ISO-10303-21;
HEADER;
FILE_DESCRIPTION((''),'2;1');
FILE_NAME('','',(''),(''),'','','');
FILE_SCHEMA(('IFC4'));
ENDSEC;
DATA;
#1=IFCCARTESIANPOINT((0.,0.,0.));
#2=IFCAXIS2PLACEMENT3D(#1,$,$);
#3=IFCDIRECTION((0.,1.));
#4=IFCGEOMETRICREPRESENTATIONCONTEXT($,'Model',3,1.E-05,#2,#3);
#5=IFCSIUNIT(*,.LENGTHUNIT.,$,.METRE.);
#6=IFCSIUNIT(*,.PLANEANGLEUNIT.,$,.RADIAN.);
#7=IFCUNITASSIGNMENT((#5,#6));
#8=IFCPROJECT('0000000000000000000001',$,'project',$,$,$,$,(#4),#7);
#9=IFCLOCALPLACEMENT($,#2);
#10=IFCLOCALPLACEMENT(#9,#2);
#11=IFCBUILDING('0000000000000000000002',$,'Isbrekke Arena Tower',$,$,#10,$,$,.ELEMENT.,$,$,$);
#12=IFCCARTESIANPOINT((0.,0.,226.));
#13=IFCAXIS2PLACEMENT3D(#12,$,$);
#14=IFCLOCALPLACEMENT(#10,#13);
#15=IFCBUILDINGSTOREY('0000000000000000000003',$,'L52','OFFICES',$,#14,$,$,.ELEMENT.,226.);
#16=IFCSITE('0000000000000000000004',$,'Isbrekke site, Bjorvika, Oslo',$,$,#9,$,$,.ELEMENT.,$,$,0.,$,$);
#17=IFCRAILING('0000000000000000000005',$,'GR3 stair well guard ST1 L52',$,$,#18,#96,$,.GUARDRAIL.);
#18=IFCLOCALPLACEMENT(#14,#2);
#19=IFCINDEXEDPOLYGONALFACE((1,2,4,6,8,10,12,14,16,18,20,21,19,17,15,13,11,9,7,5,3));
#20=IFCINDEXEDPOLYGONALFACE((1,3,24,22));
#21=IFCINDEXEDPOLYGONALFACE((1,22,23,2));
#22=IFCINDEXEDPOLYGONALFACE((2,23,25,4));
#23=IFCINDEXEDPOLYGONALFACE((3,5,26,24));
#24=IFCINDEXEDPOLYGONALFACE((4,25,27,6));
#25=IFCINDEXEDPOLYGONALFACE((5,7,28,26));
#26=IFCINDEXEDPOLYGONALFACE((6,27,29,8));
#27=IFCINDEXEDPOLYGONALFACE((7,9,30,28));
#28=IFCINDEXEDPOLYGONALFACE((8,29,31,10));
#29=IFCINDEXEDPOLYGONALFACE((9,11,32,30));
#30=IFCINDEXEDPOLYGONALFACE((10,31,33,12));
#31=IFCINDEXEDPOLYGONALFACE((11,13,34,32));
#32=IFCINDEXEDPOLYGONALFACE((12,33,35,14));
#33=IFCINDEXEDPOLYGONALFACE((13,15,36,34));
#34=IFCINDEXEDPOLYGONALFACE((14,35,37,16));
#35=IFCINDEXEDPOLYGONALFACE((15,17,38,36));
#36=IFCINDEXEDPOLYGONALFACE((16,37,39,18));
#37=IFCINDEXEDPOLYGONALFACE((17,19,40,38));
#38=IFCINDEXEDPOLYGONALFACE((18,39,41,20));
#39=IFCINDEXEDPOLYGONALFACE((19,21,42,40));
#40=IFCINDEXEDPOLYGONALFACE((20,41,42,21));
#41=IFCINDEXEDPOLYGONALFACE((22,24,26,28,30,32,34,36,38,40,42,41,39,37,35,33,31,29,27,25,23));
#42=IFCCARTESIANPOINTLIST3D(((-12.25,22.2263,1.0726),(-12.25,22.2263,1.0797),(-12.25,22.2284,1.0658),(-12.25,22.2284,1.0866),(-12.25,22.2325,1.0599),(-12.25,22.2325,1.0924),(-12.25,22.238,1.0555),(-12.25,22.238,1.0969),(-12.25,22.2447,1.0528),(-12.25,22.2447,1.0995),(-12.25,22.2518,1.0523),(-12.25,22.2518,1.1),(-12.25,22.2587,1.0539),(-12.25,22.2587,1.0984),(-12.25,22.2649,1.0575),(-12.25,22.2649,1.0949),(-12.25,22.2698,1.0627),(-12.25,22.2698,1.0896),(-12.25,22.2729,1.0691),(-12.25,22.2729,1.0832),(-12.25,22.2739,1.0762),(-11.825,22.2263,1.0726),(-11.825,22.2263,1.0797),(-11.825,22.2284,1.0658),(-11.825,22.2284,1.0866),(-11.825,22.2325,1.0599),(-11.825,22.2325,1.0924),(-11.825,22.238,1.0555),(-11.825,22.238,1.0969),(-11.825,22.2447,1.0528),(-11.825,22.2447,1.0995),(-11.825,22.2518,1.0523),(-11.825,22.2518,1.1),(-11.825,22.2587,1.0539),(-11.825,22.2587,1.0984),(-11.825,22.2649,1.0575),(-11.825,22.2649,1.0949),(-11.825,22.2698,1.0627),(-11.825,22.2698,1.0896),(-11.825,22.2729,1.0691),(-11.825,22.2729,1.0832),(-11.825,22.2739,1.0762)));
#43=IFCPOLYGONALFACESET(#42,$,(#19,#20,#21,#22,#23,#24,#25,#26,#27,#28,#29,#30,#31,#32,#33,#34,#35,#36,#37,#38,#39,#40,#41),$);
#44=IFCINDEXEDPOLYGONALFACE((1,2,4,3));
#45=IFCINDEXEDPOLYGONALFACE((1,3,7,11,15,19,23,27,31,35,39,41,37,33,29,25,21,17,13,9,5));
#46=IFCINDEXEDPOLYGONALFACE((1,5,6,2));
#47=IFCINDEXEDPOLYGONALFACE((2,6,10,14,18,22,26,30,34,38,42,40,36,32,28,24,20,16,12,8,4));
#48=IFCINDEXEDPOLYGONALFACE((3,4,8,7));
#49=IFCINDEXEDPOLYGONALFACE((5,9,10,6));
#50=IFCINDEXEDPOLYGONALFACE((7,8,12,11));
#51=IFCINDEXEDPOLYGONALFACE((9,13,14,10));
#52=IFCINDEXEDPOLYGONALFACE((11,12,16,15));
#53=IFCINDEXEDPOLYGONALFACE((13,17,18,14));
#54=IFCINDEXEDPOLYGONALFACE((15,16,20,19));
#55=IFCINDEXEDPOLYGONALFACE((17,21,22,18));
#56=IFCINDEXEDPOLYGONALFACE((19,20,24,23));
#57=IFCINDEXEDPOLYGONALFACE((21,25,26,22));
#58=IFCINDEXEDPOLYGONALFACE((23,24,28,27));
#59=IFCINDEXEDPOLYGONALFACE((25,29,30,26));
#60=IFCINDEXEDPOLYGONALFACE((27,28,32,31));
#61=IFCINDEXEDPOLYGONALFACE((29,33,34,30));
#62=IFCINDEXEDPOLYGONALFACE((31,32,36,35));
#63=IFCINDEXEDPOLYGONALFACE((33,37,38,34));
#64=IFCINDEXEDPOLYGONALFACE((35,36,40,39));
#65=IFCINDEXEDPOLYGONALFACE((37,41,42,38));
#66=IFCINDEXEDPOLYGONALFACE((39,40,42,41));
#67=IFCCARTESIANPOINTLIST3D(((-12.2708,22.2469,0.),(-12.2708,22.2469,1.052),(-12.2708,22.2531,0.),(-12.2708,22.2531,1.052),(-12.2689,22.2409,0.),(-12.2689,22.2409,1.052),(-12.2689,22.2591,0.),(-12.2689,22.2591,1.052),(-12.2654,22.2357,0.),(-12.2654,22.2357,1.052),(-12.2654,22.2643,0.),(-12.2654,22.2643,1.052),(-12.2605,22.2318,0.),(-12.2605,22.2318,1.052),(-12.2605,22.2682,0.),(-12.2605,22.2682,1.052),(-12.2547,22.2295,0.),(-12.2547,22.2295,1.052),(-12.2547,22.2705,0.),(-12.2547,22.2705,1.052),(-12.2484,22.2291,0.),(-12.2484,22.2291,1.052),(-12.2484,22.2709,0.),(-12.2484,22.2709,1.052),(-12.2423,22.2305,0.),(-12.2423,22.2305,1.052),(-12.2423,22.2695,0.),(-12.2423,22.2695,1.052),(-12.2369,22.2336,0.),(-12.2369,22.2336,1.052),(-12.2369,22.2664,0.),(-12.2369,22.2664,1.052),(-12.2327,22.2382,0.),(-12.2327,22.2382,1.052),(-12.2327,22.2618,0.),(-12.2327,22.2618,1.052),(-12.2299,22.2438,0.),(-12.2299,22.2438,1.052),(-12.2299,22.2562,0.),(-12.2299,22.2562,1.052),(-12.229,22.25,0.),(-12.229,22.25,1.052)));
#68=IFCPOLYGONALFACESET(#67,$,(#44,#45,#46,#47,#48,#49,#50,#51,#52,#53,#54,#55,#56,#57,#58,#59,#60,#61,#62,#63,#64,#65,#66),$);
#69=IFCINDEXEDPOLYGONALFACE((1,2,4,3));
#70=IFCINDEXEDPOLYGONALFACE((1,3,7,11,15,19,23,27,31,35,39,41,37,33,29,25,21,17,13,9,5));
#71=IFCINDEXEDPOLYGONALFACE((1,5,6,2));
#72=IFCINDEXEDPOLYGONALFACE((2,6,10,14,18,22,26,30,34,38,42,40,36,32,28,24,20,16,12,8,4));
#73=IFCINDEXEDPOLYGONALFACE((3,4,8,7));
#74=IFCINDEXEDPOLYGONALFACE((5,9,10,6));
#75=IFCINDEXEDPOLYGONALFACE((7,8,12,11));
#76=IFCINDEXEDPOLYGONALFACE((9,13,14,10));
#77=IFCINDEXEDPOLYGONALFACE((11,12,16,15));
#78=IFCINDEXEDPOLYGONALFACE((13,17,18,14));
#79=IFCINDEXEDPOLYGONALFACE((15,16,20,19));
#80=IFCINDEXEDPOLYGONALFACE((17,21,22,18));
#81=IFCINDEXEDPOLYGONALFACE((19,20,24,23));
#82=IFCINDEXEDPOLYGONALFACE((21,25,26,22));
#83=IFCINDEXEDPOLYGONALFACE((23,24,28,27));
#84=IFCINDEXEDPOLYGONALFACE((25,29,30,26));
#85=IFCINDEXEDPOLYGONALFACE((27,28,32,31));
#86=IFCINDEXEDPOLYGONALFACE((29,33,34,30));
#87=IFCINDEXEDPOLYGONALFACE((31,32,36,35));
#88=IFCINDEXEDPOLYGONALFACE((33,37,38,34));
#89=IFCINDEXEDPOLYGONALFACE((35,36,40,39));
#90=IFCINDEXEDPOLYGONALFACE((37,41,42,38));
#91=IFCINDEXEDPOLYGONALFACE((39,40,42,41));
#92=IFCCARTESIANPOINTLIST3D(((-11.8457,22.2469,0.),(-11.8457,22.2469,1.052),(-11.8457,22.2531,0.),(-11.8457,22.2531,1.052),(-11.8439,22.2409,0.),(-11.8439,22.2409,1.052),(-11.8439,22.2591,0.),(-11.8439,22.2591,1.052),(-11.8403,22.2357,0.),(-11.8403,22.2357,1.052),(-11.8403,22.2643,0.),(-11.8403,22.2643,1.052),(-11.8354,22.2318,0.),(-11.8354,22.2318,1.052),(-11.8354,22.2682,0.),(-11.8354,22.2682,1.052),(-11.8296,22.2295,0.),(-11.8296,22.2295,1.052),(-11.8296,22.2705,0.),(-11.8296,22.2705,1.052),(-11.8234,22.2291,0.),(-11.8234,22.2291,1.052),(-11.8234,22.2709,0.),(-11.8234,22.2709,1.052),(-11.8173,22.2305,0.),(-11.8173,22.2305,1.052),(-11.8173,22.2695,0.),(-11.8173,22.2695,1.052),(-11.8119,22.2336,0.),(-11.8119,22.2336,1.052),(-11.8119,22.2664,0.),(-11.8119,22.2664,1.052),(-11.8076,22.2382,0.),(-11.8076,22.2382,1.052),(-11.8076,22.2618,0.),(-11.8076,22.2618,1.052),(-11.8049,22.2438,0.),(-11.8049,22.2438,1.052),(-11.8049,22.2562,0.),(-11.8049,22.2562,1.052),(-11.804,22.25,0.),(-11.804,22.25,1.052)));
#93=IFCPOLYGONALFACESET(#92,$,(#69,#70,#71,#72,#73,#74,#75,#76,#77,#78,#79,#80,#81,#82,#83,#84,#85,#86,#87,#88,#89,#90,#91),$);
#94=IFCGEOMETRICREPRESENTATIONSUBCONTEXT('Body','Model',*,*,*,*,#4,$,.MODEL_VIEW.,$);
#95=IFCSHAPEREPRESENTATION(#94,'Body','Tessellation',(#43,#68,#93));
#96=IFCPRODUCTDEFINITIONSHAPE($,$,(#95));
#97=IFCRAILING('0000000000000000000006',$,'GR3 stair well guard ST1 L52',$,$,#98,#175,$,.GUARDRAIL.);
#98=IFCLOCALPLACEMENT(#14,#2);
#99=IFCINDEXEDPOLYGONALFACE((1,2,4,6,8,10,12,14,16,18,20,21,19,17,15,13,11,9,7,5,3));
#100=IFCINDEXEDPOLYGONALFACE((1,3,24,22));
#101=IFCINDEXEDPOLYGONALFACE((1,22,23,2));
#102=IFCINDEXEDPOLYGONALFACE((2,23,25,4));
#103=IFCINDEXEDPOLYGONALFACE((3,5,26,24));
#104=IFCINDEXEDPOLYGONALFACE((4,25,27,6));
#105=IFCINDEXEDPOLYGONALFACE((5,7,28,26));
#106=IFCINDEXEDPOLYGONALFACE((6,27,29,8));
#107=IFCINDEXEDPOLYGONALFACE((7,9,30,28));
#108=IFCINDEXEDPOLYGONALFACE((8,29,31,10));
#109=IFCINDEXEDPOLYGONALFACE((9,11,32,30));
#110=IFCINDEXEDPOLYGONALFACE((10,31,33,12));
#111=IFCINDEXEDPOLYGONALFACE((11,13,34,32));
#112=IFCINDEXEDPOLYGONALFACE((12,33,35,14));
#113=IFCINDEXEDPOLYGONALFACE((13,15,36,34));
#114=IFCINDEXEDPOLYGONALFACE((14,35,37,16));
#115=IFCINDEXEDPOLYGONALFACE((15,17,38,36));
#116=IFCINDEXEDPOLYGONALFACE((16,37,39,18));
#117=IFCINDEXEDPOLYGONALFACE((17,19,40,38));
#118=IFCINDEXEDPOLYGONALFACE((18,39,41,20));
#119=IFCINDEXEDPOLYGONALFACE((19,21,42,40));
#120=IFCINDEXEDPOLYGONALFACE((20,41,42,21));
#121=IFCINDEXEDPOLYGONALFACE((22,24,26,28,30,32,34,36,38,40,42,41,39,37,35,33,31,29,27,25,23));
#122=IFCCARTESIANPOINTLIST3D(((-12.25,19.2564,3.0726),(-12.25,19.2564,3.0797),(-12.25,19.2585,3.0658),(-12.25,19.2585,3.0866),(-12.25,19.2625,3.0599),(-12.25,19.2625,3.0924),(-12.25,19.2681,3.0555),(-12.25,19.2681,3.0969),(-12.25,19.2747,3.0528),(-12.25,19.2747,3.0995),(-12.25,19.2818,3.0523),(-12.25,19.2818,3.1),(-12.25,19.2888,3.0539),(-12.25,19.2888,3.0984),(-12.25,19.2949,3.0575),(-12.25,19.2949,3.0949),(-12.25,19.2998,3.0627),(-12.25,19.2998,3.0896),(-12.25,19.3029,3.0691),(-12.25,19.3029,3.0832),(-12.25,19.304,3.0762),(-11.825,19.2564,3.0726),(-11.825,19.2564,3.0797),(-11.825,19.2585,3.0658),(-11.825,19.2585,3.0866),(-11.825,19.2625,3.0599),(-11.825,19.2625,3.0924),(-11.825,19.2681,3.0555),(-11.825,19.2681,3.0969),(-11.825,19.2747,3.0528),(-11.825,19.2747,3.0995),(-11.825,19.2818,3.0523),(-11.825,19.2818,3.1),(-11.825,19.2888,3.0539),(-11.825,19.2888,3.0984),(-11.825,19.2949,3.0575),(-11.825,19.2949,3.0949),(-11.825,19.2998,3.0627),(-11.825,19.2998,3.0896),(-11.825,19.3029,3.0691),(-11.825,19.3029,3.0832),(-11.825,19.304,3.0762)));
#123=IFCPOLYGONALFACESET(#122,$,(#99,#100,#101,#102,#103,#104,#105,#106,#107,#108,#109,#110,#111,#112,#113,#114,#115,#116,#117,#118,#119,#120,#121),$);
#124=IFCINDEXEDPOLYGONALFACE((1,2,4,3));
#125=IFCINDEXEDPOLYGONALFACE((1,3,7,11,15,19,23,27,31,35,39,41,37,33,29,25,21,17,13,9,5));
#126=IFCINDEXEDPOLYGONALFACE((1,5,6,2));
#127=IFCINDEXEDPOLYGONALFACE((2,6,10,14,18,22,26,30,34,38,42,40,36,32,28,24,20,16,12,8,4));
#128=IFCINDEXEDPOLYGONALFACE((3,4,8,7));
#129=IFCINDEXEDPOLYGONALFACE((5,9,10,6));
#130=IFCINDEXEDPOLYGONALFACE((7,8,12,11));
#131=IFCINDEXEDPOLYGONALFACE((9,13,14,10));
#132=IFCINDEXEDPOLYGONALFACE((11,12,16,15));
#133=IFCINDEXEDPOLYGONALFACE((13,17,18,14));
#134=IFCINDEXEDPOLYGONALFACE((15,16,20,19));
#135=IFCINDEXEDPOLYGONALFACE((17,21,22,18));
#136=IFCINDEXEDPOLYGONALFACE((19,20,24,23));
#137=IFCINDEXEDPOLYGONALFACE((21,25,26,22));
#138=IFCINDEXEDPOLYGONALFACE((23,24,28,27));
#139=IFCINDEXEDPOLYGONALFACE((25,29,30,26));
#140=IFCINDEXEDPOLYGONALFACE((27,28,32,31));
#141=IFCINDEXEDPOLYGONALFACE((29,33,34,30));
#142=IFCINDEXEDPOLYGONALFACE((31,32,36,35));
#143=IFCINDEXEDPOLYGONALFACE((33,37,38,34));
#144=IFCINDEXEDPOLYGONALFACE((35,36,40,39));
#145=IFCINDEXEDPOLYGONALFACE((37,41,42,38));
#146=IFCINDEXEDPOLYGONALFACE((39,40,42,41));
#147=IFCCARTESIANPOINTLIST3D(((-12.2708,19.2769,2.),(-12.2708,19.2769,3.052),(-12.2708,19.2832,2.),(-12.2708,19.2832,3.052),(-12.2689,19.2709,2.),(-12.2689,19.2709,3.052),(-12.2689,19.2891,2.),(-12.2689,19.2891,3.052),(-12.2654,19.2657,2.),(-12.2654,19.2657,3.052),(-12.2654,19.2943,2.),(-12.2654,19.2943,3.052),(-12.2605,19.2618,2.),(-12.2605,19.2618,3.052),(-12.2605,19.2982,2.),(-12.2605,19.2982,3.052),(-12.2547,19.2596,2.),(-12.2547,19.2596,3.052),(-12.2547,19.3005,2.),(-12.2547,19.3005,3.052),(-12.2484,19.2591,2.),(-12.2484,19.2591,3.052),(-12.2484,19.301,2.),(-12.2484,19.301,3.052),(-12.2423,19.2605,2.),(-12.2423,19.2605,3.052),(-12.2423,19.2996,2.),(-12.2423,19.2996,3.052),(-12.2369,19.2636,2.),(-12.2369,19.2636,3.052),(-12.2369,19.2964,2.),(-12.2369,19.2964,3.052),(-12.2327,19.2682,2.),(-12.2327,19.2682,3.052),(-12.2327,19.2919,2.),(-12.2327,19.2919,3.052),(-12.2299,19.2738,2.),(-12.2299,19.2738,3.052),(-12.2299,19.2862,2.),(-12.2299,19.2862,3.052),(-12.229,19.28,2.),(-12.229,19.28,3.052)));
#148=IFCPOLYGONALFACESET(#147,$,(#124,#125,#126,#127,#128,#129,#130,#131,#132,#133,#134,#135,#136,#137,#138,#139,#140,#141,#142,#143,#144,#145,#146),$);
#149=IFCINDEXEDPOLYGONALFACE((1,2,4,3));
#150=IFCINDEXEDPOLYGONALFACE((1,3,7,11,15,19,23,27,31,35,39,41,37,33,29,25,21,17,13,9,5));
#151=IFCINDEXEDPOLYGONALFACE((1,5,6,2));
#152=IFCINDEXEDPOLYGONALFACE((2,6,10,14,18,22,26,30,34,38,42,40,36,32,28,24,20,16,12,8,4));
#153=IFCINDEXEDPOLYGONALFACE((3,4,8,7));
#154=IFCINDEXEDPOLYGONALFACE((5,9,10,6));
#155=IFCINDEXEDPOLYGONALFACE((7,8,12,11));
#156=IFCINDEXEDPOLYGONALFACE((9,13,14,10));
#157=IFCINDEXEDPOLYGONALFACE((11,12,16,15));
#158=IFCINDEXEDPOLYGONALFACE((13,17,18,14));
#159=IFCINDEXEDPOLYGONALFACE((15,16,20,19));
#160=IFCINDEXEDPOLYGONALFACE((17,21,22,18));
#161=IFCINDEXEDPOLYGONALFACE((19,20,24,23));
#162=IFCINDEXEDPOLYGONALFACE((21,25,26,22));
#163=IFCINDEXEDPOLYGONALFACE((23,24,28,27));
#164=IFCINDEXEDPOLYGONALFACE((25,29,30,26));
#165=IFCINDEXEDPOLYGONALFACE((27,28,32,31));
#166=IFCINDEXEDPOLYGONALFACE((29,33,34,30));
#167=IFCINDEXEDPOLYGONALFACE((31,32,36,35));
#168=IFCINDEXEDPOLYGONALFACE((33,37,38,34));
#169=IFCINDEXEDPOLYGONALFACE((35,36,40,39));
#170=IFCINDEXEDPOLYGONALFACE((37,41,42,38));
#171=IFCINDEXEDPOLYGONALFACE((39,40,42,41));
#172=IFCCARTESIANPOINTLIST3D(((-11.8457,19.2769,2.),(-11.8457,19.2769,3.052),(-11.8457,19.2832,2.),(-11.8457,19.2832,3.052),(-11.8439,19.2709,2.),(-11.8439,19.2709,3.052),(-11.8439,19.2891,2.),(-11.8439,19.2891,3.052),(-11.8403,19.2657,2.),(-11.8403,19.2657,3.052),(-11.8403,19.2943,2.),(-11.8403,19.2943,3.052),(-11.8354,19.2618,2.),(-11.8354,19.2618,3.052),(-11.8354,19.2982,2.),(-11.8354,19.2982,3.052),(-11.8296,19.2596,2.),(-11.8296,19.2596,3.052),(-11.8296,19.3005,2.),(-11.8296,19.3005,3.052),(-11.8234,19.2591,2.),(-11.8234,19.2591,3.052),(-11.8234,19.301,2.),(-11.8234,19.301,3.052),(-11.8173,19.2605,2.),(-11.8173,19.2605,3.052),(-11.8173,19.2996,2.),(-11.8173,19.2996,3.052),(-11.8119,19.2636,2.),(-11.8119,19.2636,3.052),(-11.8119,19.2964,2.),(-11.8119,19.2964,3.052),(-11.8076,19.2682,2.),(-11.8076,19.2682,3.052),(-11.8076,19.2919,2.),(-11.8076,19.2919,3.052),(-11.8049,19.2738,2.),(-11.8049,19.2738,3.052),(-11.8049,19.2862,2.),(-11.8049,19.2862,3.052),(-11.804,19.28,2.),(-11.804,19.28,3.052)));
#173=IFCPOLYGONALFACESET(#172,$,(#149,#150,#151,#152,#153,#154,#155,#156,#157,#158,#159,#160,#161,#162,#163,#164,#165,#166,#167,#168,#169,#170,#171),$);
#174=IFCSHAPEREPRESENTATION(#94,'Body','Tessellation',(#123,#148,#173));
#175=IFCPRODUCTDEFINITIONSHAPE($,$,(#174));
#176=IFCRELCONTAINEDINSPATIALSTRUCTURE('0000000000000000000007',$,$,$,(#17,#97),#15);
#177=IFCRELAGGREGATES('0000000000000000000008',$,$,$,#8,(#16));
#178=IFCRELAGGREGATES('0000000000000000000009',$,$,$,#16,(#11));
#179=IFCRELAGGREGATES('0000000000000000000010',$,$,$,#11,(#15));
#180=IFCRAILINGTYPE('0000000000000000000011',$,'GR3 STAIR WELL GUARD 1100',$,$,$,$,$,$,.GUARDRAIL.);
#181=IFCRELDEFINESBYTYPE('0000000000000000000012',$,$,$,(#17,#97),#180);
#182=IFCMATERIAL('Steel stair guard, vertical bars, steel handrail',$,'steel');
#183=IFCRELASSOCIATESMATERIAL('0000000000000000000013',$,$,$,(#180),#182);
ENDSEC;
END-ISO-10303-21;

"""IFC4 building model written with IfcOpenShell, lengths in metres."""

from ifc_helpers import new_model, si_unit, direction, frame, origin, origin_2d, place, context, subcontext, project, spatial, circle, extrude, material, type_object, element, save


model = new_model("IFC4")

# Units and contexts
model_context = context("Model", 3, precision=1e-05, world=origin(), true_north=direction((0.0, 1.0)))
body_context = subcontext(model_context, "Body", "Model", "MODEL_VIEW")
ifc_project = project(units=[si_unit("LENGTHUNIT", "METRE"), si_unit("PLANEANGLEUNIT", "RADIAN")], contexts=[model_context])

# Site, building, storey
site_placement = place(None, origin())
site = spatial("IfcSite", under=ifc_project, at=site_placement, Name="Isbrekke site, Bjorvika, Oslo", CompositionType="ELEMENT", RefElevation=0.0)
building_placement = place(site_placement, origin())
building = spatial("IfcBuilding", under=site, at=building_placement, Name="Isbrekke Arena Tower", CompositionType="ELEMENT")
storey_placement = place(building_placement, frame((0.0, 0.0, 226.0)))
storey = spatial("IfcBuildingStorey", under=building, at=storey_placement, Name="L52", Description="OFFICES", CompositionType="ELEMENT", Elevation=226.0)

# Railings
ifc_material_1 = material(Name="Steel stair guard, vertical bars, steel handrail", Category="steel")
railing_type = type_object("IfcRailingType", Name="GR3 STAIR WELL GUARD 1100", PredefinedType="GUARDRAIL", material=ifc_material_1)
for number, where, name in (
    (1, (-12.25, 22.25, 0.0), "GR3 stair well guard ST1 L52"),
    (2, (-12.25, 19.28, 2.0), "GR3 stair well guard ST1 L52"),
):
    element("IfcRailing", number, at=place(storey_placement, frame(where)), inside=storey, type_object=railing_type, Name=name, PredefinedType="GUARDRAIL", context=body_context, shape_type="SweptSolid", body=[
        extrude(circle(Radius=0.0239, at=origin_2d()), frame((0.0, 0.0, 1.0762), z_axis=(1.0, 0.0, 0.0), x_axis=(0.0, 1.0, 0.0)), (0.0, 0.0, 1.0), 0.425),
        extrude(circle(Radius=0.021, at=origin_2d()), origin(), (0.0, 0.0, 1.0), 1.052),
        extrude(circle(Radius=0.021, at=origin_2d()), frame((0.425, 0.0, 0.0)), (0.0, 0.0, 1.0), 1.052),
    ])

save(model, "model.ifc")
